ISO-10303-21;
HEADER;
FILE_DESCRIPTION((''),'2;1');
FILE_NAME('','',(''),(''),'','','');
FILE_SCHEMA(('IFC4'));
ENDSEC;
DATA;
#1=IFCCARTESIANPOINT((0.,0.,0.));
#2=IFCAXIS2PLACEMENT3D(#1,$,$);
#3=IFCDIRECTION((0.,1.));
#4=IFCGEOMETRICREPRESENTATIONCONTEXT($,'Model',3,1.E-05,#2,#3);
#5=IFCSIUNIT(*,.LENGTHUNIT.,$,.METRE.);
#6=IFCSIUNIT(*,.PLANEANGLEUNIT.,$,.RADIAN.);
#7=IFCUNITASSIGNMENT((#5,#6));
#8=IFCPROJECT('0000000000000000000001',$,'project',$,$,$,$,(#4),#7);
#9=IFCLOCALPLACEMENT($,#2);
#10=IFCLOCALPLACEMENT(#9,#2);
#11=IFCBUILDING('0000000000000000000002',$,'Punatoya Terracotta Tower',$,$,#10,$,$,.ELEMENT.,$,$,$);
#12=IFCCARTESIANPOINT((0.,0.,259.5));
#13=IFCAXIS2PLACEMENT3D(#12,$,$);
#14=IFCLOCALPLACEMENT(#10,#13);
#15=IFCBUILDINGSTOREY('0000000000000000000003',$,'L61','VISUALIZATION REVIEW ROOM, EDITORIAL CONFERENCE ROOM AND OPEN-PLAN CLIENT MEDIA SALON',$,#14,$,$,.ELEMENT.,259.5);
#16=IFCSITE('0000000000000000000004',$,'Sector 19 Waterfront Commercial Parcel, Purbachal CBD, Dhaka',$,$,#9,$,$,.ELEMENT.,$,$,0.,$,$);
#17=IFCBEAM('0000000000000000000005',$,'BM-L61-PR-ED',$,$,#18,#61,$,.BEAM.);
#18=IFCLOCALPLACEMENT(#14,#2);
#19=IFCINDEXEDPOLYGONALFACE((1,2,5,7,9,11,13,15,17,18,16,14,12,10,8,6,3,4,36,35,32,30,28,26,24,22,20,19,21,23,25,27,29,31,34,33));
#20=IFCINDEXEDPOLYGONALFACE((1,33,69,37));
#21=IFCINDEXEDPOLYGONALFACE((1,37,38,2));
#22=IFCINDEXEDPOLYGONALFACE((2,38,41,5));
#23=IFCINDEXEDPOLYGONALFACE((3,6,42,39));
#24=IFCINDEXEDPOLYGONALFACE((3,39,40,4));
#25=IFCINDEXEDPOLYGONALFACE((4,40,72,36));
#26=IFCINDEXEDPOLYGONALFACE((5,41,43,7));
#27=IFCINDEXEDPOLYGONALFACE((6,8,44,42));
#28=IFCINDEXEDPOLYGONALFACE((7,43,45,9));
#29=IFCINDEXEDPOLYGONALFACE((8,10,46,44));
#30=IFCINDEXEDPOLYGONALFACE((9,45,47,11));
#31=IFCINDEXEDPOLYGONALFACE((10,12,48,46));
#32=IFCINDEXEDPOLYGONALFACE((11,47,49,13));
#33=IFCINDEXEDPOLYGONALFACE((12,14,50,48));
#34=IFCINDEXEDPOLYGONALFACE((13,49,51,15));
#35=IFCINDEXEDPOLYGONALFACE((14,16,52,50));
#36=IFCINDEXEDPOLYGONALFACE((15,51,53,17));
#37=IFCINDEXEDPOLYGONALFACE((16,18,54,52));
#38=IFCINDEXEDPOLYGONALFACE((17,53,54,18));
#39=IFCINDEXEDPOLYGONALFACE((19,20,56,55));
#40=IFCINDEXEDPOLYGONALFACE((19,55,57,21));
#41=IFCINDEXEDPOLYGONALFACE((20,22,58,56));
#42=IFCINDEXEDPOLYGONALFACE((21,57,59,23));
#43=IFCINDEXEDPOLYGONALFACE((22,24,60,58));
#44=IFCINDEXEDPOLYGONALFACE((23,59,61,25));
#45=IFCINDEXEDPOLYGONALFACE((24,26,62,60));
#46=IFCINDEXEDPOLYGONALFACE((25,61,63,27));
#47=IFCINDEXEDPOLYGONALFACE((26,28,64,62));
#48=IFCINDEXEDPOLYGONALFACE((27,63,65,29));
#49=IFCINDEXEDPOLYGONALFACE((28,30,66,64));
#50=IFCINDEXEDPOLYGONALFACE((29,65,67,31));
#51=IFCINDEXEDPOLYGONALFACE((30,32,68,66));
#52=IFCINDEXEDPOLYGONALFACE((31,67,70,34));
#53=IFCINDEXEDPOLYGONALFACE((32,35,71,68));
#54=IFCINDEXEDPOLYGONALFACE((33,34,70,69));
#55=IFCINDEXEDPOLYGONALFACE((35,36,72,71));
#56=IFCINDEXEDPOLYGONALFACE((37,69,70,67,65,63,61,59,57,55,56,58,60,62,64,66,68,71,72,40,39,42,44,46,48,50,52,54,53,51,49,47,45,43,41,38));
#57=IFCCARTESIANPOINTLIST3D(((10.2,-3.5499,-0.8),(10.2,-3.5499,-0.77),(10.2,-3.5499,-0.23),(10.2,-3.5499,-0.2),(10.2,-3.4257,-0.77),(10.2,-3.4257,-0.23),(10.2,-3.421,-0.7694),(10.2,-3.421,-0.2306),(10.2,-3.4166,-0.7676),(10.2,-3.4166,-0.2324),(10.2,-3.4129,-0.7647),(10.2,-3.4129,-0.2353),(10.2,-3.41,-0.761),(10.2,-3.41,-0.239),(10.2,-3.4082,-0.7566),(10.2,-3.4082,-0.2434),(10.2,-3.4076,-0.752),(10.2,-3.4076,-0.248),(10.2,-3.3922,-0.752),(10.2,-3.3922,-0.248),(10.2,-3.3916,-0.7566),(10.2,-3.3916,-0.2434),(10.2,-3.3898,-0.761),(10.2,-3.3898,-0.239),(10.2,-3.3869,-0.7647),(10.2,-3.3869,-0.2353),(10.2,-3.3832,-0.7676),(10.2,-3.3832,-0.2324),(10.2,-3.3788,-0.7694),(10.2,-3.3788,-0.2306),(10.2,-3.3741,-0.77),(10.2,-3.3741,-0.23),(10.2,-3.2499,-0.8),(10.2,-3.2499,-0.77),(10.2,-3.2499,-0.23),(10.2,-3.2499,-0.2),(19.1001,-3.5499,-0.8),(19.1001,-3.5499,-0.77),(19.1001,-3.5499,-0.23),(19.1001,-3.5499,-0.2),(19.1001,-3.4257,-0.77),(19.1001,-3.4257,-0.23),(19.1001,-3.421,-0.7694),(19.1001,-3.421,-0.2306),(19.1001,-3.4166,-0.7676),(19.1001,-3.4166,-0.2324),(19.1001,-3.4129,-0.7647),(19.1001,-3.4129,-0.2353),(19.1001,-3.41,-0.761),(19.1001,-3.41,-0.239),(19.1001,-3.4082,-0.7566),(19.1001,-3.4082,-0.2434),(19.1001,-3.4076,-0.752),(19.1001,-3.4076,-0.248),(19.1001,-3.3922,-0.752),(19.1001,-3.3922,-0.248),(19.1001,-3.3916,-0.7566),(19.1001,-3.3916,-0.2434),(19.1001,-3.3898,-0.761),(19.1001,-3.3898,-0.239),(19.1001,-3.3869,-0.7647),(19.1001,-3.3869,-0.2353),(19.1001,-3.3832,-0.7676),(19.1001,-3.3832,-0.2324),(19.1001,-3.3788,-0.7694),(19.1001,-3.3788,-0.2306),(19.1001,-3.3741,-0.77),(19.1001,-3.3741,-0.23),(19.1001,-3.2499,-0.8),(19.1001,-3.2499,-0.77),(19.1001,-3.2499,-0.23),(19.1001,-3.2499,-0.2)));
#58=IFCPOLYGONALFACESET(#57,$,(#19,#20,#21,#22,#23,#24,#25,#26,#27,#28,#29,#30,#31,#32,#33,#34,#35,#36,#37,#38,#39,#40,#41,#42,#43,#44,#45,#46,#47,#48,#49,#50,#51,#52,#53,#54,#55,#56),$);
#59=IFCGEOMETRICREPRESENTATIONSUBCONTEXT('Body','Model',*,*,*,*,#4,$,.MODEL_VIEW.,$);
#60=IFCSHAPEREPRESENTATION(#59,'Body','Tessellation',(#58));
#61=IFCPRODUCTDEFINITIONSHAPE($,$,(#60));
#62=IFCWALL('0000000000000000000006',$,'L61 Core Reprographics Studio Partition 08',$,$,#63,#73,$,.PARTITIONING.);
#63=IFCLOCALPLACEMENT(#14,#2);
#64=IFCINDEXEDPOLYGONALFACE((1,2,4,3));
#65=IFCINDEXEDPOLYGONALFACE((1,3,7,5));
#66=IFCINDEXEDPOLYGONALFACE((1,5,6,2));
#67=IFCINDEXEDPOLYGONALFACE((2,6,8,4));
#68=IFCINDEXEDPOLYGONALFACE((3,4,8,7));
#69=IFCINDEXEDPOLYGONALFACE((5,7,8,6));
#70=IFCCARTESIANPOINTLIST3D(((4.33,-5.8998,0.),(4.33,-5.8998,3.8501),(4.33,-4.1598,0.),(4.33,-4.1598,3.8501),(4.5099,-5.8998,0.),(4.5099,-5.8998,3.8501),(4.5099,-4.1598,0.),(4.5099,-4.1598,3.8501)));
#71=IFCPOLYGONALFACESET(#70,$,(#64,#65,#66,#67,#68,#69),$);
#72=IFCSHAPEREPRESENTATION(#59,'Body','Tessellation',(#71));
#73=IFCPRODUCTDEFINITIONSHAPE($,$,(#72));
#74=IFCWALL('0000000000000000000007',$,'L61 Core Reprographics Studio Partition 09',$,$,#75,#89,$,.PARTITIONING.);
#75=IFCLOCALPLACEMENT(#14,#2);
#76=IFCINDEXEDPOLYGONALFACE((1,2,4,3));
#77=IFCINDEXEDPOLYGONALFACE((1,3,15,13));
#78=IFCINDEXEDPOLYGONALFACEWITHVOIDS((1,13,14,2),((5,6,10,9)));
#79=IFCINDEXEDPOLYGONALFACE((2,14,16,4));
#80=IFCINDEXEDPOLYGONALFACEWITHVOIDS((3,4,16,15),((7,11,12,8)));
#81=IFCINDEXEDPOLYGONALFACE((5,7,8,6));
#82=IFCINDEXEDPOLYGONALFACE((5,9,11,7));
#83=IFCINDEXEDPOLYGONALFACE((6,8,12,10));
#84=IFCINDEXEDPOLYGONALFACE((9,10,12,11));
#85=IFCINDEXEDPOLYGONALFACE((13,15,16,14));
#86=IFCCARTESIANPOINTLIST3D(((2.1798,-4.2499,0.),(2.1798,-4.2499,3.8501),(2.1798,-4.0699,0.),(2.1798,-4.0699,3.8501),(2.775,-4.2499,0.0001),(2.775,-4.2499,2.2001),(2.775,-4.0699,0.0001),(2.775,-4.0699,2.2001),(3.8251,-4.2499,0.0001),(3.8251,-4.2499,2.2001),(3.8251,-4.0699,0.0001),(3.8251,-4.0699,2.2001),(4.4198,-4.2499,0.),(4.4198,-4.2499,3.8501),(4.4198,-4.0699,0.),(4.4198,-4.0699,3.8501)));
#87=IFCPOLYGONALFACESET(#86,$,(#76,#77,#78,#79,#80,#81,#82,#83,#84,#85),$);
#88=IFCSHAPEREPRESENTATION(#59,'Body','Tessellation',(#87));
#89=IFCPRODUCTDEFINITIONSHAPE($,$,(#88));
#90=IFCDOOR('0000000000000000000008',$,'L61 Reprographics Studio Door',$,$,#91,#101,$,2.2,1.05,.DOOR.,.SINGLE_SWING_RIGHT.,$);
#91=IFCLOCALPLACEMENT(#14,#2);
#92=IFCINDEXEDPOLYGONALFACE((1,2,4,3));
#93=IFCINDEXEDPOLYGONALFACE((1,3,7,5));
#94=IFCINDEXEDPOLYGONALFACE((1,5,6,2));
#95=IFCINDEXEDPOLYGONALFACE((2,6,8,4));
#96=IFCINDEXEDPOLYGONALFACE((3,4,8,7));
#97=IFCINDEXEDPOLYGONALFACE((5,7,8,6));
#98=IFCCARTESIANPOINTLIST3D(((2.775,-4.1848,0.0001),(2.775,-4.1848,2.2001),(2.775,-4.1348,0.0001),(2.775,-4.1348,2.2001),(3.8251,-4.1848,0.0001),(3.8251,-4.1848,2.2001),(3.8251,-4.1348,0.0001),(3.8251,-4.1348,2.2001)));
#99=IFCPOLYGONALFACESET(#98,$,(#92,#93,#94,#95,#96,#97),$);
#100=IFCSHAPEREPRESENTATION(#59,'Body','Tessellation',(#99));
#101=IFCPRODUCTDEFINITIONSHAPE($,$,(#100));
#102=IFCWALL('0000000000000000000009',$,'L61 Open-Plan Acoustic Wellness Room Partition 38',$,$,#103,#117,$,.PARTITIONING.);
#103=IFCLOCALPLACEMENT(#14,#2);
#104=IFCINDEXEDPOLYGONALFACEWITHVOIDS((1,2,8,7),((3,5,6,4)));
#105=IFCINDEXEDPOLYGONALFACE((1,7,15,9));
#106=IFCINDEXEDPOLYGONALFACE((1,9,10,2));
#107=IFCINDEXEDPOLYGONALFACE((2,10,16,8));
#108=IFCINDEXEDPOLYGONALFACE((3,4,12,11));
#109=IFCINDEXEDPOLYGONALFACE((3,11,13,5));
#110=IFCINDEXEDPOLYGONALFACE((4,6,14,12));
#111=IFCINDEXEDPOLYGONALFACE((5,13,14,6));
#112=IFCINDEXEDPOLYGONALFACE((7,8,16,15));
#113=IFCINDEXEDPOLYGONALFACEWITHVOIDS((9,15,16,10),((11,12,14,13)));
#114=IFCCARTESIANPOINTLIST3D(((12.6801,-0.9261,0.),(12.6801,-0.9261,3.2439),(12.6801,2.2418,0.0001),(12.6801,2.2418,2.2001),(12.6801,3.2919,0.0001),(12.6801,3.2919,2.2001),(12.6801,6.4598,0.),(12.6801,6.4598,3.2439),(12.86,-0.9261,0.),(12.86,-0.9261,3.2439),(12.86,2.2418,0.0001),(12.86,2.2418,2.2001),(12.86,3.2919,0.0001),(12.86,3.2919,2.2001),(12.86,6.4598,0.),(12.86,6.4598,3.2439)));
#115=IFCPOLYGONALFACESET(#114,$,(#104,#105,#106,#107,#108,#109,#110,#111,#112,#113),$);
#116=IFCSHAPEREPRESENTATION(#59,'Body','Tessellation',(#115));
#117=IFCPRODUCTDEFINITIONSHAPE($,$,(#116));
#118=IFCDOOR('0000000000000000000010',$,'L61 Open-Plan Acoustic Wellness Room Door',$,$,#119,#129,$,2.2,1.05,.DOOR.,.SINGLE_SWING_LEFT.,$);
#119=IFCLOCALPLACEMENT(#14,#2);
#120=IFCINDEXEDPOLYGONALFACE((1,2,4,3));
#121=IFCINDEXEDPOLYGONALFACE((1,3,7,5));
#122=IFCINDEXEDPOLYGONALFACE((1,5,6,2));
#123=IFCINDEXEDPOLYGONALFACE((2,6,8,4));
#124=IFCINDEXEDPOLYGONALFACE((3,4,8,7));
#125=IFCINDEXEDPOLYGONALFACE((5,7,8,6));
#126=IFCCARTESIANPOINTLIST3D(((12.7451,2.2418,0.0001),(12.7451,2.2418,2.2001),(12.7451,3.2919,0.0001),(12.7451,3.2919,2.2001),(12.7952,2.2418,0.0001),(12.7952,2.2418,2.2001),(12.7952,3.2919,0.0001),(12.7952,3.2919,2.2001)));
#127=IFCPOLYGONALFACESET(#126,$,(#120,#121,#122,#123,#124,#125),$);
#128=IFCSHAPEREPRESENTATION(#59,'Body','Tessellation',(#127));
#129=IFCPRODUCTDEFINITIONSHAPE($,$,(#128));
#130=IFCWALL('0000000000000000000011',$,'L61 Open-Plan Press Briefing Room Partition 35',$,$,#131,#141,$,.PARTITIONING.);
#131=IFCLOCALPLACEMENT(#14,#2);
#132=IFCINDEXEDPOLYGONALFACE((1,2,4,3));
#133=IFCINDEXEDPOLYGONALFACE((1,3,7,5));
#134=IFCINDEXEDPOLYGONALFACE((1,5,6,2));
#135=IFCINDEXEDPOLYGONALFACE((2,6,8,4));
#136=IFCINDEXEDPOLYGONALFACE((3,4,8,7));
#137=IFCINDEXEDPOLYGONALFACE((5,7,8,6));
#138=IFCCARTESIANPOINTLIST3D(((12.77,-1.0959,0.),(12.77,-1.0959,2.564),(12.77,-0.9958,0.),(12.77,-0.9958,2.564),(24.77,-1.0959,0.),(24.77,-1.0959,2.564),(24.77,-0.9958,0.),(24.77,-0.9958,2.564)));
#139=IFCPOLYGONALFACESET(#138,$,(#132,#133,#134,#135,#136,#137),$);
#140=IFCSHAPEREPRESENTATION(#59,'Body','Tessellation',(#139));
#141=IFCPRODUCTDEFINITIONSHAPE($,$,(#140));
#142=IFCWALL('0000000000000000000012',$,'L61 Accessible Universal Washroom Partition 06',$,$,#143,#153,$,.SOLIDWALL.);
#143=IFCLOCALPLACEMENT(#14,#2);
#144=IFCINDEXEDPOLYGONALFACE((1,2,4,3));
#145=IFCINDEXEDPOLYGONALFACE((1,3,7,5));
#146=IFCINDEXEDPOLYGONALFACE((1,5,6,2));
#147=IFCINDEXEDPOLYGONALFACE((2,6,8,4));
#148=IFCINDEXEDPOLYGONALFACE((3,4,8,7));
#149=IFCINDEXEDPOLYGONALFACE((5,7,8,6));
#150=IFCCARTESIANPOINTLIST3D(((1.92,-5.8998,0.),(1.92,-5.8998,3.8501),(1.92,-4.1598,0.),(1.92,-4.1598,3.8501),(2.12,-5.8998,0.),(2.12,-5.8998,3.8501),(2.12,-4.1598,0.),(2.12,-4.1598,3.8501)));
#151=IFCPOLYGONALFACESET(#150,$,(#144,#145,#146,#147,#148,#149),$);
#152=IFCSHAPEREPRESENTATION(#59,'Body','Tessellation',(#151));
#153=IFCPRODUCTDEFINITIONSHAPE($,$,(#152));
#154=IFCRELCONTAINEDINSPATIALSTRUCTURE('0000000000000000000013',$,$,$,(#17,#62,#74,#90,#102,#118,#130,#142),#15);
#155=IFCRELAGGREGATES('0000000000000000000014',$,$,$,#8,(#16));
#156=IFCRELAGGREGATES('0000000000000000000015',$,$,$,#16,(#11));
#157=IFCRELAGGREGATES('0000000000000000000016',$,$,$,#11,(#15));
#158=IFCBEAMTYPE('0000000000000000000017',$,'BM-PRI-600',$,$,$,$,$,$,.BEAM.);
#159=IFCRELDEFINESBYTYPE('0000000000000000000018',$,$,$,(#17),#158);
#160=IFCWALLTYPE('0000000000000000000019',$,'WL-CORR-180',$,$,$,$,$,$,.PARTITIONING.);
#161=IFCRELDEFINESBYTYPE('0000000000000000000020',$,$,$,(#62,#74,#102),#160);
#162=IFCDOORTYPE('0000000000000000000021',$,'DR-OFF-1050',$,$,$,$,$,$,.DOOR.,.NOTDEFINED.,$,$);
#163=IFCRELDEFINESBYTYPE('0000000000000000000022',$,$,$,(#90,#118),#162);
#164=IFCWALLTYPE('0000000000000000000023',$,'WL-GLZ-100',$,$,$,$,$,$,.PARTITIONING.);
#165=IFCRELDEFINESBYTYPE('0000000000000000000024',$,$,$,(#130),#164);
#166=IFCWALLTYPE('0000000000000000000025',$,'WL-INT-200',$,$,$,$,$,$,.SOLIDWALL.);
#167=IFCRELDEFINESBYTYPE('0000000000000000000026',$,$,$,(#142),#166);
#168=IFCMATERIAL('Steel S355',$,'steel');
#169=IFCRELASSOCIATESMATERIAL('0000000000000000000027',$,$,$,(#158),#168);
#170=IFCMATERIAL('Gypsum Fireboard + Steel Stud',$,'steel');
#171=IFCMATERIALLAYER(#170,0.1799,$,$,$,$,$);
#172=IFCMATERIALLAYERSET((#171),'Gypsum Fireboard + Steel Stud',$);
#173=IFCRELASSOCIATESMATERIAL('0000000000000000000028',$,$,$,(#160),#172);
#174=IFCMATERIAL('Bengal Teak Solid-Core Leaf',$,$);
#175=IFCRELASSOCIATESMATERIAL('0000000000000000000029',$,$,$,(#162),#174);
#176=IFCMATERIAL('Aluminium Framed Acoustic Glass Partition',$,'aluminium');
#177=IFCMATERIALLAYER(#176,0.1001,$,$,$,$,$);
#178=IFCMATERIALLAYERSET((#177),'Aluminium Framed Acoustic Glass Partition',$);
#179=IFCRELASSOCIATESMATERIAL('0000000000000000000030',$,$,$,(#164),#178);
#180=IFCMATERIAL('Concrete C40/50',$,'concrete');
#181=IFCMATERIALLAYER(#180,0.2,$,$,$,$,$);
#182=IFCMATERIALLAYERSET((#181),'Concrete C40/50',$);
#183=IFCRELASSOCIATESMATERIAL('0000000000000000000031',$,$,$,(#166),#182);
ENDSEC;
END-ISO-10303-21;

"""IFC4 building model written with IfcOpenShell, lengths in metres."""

from ifc_helpers import new_model, si_unit, direction, frame, frame_2d, origin, origin_2d, place, context, subcontext, project, spatial, rectangle, i_section, extrude, material, layer, layer_set, material_profile, profile_set, type_object, element, fill, save


model = new_model("IFC4")

# Units and contexts
model_context = context("Model", 3, precision=1e-05, world=origin(), true_north=direction((0.0, 1.0)))
body_context = subcontext(model_context, "Body", "Model", "MODEL_VIEW")
ifc_project = project(units=[si_unit("LENGTHUNIT", "METRE"), si_unit("PLANEANGLEUNIT", "RADIAN")], contexts=[model_context])

# Site, building, storey
site_placement = place(None, origin())
site = spatial("IfcSite", under=ifc_project, at=site_placement, Name="Sector 19 Waterfront Commercial Parcel, Purbachal CBD, Dhaka", CompositionType="ELEMENT", RefElevation=0.0)
building_placement = place(site_placement, origin())
building = spatial("IfcBuilding", under=site, at=building_placement, Name="Punatoya Terracotta Tower", CompositionType="ELEMENT")
storey_placement = place(building_placement, frame((0.0, 0.0, 259.5)))
storey = spatial("IfcBuildingStorey", under=building, at=storey_placement, Name="L61", Description="VISUALIZATION REVIEW ROOM, EDITORIAL CONFERENCE ROOM AND OPEN-PLAN CLIENT MEDIA SALON", CompositionType="ELEMENT", Elevation=259.5)

# Beam
ifc_material_1 = material(Name="Steel S355", Category="steel")
ifc_material_profile = material_profile(ifc_material_1, i_section(OverallWidth=0.3, OverallDepth=0.6001, WebThickness=0.0154, FlangeThickness=0.03, FilletRadius=0.0181, at=origin_2d()))
ifc_profile_set = profile_set([ifc_material_profile], Name="Steel S355")
beam_type = type_object("IfcBeamType", Name="BM-PRI-600", PredefinedType="BEAM", material=ifc_profile_set)
beam_placement = place(storey_placement, frame((10.2, -3.3999, -0.5), z_axis=(1.0, 0.0, 0.0), x_axis=(0.0, 1.0, 0.0)))
element("IfcBeam", 1, at=beam_placement, inside=storey, type_object=beam_type, Name="BM-L61-PR-ED", PredefinedType="BEAM", context=body_context, shape_type="SweptSolid", body=[
    extrude(i_section(OverallWidth=0.3, OverallDepth=0.6001, WebThickness=0.0154, FlangeThickness=0.03, FilletRadius=0.0181, at=origin_2d()), origin(), (0.0, 0.0, 1.0), 8.9001),
])

# Wall
ifc_material_2 = material(Name="Gypsum Fireboard + Steel Stud", Category="steel")
ifc_layer_1 = layer(ifc_material_2, 0.1799)
ifc_layer_set_1 = layer_set([ifc_layer_1], Name="Gypsum Fireboard + Steel Stud")
wall_type_1 = type_object("IfcWallType", Name="WL-CORR-180", PredefinedType="PARTITIONING", material=ifc_layer_set_1)
wall_1_placement = place(storey_placement, frame((4.4199, -5.8999, 0.0), z_axis=(0.0, 0.0, 1.0), x_axis=(0.0, 1.0, 0.0)))
element("IfcWall", 2, at=wall_1_placement, inside=storey, type_object=wall_type_1, Name="L61 Core Reprographics Studio Partition 08", PredefinedType="PARTITIONING", context=body_context, shape_type="SweptSolid", body=[
    extrude(rectangle(XDim=1.74, YDim=0.1799, at=frame_2d((0.8701, 0.0))), origin(), (0.0, 0.0, 1.0), 3.8501),
])

# Walls, openings, doors
wall_2_placement = place(storey_placement, frame((4.4199, -4.1599, 0.0), z_axis=(0.0, 0.0, 1.0), x_axis=(-1.0, 0.0, 0.0)))
wall_2 = element("IfcWall", 3, at=wall_2_placement, inside=storey, type_object=wall_type_1, Name="L61 Core Reprographics Studio Partition 09", PredefinedType="PARTITIONING", context=body_context, shape_type="SweptSolid", body=[
    extrude(rectangle(XDim=2.24, YDim=0.1799, at=frame_2d((1.1201, 0.0))), origin(), (0.0, 0.0, 1.0), 3.8501),
])
opening_1_placement = place(wall_2_placement, frame((0.595, 0.0, 0.0)))
opening_1 = element("IfcOpeningElement", 4, at=opening_1_placement, cuts=wall_2, PredefinedType="OPENING", context=body_context, shape_type="SweptSolid", body=[
    extrude(rectangle(XDim=1.05, YDim=2.2, at=frame_2d((0.5249, 1.1001))), frame((0.0, 0.0999, 0.0), z_axis=(0.0, -1.0, 0.0), x_axis=(1.0, 0.0, 0.0)), (0.0, 0.0, 1.0), 0.2),
])
ifc_material_3 = material(Name="Bengal Teak Solid-Core Leaf")
door_type_1 = type_object("IfcDoorType", Name="DR-OFF-1050", OperationType="NOTDEFINED", PredefinedType="DOOR", material=ifc_material_3)
door_1_placement = place(opening_1_placement, origin())
door_1 = element("IfcDoor", 5, at=door_1_placement, inside=storey, type_object=door_type_1, Name="L61 Reprographics Studio Door", OperationType="SINGLE_SWING_RIGHT", OverallHeight=2.2, OverallWidth=1.05, PredefinedType="DOOR", context=body_context, shape_type="SweptSolid", body=[
    extrude(rectangle(XDim=1.05, YDim=2.2, at=frame_2d((0.5249, 1.1001))), frame((0.0, 0.0249, 0.0), z_axis=(0.0, -1.0, 0.0), x_axis=(1.0, 0.0, 0.0)), (0.0, 0.0, 1.0), 0.05),
])
fill(opening_1, door_1)
wall_3_placement = place(storey_placement, frame((12.77, -0.926, 0.0), z_axis=(0.0, 0.0, 1.0), x_axis=(0.0, 1.0, 0.0)))
wall_3 = element("IfcWall", 6, at=wall_3_placement, inside=storey, type_object=wall_type_1, Name="L61 Open-Plan Acoustic Wellness Room Partition 38", PredefinedType="PARTITIONING", context=body_context, shape_type="SweptSolid", body=[
    extrude(rectangle(XDim=7.386, YDim=0.1799, at=frame_2d((3.6929, 0.0))), origin(), (0.0, 0.0, 1.0), 3.2439),
])
opening_2_placement = place(wall_3_placement, frame((3.168, 0.0, 0.0)))
opening_2 = element("IfcOpeningElement", 7, at=opening_2_placement, cuts=wall_3, PredefinedType="OPENING", context=body_context, shape_type="SweptSolid", body=[
    extrude(rectangle(XDim=1.05, YDim=2.2, at=frame_2d((0.5249, 1.1001))), frame((0.0, 0.0999, 0.0), z_axis=(0.0, -1.0, 0.0), x_axis=(1.0, 0.0, 0.0)), (0.0, 0.0, 1.0), 0.2),
])
door_2_placement = place(opening_2_placement, origin())
door_2 = element("IfcDoor", 8, at=door_2_placement, inside=storey, type_object=door_type_1, Name="L61 Open-Plan Acoustic Wellness Room Door", OperationType="SINGLE_SWING_LEFT", OverallHeight=2.2, OverallWidth=1.05, PredefinedType="DOOR", context=body_context, shape_type="SweptSolid", body=[
    extrude(rectangle(XDim=1.05, YDim=2.2, at=frame_2d((0.5249, 1.1001))), frame((0.0, 0.0249, 0.0), z_axis=(0.0, -1.0, 0.0), x_axis=(1.0, 0.0, 0.0)), (0.0, 0.0, 1.0), 0.05),
])
fill(opening_2, door_2)

# Walls
ifc_material_4 = material(Name="Aluminium Framed Acoustic Glass Partition", Category="aluminium")
ifc_layer_2 = layer(ifc_material_4, 0.1001)
ifc_layer_set_2 = layer_set([ifc_layer_2], Name="Aluminium Framed Acoustic Glass Partition")
wall_type_2 = type_object("IfcWallType", Name="WL-GLZ-100", PredefinedType="PARTITIONING", material=ifc_layer_set_2)
wall_4_placement = place(storey_placement, frame((12.77, -1.0459, 0.0), z_axis=(0.0, 0.0, 1.0), x_axis=(1.0, 0.0, 0.0)))
element("IfcWall", 9, at=wall_4_placement, inside=storey, type_object=wall_type_2, Name="L61 Open-Plan Press Briefing Room Partition 35", PredefinedType="PARTITIONING", context=body_context, shape_type="SweptSolid", body=[
    extrude(rectangle(XDim=12.0, YDim=0.1001, at=frame_2d((6.0, 0.0))), origin(), (0.0, 0.0, 1.0), 2.564),
])
ifc_material_5 = material(Name="Concrete C40/50", Category="concrete")
ifc_layer_3 = layer(ifc_material_5, 0.2)
ifc_layer_set_3 = layer_set([ifc_layer_3], Name="Concrete C40/50")
wall_type_3 = type_object("IfcWallType", Name="WL-INT-200", PredefinedType="SOLIDWALL", material=ifc_layer_set_3)
wall_5_placement = place(storey_placement, frame((2.02, -5.8999, 0.0), z_axis=(0.0, 0.0, 1.0), x_axis=(0.0, 1.0, 0.0)))
element("IfcWall", 10, at=wall_5_placement, inside=storey, type_object=wall_type_3, Name="L61 Accessible Universal Washroom Partition 06", PredefinedType="SOLIDWALL", context=body_context, shape_type="SweptSolid", body=[
    extrude(rectangle(XDim=1.74, YDim=0.2, at=frame_2d((0.8701, 0.0))), origin(), (0.0, 0.0, 1.0), 3.8501),
])

save(model, "model.ifc")
